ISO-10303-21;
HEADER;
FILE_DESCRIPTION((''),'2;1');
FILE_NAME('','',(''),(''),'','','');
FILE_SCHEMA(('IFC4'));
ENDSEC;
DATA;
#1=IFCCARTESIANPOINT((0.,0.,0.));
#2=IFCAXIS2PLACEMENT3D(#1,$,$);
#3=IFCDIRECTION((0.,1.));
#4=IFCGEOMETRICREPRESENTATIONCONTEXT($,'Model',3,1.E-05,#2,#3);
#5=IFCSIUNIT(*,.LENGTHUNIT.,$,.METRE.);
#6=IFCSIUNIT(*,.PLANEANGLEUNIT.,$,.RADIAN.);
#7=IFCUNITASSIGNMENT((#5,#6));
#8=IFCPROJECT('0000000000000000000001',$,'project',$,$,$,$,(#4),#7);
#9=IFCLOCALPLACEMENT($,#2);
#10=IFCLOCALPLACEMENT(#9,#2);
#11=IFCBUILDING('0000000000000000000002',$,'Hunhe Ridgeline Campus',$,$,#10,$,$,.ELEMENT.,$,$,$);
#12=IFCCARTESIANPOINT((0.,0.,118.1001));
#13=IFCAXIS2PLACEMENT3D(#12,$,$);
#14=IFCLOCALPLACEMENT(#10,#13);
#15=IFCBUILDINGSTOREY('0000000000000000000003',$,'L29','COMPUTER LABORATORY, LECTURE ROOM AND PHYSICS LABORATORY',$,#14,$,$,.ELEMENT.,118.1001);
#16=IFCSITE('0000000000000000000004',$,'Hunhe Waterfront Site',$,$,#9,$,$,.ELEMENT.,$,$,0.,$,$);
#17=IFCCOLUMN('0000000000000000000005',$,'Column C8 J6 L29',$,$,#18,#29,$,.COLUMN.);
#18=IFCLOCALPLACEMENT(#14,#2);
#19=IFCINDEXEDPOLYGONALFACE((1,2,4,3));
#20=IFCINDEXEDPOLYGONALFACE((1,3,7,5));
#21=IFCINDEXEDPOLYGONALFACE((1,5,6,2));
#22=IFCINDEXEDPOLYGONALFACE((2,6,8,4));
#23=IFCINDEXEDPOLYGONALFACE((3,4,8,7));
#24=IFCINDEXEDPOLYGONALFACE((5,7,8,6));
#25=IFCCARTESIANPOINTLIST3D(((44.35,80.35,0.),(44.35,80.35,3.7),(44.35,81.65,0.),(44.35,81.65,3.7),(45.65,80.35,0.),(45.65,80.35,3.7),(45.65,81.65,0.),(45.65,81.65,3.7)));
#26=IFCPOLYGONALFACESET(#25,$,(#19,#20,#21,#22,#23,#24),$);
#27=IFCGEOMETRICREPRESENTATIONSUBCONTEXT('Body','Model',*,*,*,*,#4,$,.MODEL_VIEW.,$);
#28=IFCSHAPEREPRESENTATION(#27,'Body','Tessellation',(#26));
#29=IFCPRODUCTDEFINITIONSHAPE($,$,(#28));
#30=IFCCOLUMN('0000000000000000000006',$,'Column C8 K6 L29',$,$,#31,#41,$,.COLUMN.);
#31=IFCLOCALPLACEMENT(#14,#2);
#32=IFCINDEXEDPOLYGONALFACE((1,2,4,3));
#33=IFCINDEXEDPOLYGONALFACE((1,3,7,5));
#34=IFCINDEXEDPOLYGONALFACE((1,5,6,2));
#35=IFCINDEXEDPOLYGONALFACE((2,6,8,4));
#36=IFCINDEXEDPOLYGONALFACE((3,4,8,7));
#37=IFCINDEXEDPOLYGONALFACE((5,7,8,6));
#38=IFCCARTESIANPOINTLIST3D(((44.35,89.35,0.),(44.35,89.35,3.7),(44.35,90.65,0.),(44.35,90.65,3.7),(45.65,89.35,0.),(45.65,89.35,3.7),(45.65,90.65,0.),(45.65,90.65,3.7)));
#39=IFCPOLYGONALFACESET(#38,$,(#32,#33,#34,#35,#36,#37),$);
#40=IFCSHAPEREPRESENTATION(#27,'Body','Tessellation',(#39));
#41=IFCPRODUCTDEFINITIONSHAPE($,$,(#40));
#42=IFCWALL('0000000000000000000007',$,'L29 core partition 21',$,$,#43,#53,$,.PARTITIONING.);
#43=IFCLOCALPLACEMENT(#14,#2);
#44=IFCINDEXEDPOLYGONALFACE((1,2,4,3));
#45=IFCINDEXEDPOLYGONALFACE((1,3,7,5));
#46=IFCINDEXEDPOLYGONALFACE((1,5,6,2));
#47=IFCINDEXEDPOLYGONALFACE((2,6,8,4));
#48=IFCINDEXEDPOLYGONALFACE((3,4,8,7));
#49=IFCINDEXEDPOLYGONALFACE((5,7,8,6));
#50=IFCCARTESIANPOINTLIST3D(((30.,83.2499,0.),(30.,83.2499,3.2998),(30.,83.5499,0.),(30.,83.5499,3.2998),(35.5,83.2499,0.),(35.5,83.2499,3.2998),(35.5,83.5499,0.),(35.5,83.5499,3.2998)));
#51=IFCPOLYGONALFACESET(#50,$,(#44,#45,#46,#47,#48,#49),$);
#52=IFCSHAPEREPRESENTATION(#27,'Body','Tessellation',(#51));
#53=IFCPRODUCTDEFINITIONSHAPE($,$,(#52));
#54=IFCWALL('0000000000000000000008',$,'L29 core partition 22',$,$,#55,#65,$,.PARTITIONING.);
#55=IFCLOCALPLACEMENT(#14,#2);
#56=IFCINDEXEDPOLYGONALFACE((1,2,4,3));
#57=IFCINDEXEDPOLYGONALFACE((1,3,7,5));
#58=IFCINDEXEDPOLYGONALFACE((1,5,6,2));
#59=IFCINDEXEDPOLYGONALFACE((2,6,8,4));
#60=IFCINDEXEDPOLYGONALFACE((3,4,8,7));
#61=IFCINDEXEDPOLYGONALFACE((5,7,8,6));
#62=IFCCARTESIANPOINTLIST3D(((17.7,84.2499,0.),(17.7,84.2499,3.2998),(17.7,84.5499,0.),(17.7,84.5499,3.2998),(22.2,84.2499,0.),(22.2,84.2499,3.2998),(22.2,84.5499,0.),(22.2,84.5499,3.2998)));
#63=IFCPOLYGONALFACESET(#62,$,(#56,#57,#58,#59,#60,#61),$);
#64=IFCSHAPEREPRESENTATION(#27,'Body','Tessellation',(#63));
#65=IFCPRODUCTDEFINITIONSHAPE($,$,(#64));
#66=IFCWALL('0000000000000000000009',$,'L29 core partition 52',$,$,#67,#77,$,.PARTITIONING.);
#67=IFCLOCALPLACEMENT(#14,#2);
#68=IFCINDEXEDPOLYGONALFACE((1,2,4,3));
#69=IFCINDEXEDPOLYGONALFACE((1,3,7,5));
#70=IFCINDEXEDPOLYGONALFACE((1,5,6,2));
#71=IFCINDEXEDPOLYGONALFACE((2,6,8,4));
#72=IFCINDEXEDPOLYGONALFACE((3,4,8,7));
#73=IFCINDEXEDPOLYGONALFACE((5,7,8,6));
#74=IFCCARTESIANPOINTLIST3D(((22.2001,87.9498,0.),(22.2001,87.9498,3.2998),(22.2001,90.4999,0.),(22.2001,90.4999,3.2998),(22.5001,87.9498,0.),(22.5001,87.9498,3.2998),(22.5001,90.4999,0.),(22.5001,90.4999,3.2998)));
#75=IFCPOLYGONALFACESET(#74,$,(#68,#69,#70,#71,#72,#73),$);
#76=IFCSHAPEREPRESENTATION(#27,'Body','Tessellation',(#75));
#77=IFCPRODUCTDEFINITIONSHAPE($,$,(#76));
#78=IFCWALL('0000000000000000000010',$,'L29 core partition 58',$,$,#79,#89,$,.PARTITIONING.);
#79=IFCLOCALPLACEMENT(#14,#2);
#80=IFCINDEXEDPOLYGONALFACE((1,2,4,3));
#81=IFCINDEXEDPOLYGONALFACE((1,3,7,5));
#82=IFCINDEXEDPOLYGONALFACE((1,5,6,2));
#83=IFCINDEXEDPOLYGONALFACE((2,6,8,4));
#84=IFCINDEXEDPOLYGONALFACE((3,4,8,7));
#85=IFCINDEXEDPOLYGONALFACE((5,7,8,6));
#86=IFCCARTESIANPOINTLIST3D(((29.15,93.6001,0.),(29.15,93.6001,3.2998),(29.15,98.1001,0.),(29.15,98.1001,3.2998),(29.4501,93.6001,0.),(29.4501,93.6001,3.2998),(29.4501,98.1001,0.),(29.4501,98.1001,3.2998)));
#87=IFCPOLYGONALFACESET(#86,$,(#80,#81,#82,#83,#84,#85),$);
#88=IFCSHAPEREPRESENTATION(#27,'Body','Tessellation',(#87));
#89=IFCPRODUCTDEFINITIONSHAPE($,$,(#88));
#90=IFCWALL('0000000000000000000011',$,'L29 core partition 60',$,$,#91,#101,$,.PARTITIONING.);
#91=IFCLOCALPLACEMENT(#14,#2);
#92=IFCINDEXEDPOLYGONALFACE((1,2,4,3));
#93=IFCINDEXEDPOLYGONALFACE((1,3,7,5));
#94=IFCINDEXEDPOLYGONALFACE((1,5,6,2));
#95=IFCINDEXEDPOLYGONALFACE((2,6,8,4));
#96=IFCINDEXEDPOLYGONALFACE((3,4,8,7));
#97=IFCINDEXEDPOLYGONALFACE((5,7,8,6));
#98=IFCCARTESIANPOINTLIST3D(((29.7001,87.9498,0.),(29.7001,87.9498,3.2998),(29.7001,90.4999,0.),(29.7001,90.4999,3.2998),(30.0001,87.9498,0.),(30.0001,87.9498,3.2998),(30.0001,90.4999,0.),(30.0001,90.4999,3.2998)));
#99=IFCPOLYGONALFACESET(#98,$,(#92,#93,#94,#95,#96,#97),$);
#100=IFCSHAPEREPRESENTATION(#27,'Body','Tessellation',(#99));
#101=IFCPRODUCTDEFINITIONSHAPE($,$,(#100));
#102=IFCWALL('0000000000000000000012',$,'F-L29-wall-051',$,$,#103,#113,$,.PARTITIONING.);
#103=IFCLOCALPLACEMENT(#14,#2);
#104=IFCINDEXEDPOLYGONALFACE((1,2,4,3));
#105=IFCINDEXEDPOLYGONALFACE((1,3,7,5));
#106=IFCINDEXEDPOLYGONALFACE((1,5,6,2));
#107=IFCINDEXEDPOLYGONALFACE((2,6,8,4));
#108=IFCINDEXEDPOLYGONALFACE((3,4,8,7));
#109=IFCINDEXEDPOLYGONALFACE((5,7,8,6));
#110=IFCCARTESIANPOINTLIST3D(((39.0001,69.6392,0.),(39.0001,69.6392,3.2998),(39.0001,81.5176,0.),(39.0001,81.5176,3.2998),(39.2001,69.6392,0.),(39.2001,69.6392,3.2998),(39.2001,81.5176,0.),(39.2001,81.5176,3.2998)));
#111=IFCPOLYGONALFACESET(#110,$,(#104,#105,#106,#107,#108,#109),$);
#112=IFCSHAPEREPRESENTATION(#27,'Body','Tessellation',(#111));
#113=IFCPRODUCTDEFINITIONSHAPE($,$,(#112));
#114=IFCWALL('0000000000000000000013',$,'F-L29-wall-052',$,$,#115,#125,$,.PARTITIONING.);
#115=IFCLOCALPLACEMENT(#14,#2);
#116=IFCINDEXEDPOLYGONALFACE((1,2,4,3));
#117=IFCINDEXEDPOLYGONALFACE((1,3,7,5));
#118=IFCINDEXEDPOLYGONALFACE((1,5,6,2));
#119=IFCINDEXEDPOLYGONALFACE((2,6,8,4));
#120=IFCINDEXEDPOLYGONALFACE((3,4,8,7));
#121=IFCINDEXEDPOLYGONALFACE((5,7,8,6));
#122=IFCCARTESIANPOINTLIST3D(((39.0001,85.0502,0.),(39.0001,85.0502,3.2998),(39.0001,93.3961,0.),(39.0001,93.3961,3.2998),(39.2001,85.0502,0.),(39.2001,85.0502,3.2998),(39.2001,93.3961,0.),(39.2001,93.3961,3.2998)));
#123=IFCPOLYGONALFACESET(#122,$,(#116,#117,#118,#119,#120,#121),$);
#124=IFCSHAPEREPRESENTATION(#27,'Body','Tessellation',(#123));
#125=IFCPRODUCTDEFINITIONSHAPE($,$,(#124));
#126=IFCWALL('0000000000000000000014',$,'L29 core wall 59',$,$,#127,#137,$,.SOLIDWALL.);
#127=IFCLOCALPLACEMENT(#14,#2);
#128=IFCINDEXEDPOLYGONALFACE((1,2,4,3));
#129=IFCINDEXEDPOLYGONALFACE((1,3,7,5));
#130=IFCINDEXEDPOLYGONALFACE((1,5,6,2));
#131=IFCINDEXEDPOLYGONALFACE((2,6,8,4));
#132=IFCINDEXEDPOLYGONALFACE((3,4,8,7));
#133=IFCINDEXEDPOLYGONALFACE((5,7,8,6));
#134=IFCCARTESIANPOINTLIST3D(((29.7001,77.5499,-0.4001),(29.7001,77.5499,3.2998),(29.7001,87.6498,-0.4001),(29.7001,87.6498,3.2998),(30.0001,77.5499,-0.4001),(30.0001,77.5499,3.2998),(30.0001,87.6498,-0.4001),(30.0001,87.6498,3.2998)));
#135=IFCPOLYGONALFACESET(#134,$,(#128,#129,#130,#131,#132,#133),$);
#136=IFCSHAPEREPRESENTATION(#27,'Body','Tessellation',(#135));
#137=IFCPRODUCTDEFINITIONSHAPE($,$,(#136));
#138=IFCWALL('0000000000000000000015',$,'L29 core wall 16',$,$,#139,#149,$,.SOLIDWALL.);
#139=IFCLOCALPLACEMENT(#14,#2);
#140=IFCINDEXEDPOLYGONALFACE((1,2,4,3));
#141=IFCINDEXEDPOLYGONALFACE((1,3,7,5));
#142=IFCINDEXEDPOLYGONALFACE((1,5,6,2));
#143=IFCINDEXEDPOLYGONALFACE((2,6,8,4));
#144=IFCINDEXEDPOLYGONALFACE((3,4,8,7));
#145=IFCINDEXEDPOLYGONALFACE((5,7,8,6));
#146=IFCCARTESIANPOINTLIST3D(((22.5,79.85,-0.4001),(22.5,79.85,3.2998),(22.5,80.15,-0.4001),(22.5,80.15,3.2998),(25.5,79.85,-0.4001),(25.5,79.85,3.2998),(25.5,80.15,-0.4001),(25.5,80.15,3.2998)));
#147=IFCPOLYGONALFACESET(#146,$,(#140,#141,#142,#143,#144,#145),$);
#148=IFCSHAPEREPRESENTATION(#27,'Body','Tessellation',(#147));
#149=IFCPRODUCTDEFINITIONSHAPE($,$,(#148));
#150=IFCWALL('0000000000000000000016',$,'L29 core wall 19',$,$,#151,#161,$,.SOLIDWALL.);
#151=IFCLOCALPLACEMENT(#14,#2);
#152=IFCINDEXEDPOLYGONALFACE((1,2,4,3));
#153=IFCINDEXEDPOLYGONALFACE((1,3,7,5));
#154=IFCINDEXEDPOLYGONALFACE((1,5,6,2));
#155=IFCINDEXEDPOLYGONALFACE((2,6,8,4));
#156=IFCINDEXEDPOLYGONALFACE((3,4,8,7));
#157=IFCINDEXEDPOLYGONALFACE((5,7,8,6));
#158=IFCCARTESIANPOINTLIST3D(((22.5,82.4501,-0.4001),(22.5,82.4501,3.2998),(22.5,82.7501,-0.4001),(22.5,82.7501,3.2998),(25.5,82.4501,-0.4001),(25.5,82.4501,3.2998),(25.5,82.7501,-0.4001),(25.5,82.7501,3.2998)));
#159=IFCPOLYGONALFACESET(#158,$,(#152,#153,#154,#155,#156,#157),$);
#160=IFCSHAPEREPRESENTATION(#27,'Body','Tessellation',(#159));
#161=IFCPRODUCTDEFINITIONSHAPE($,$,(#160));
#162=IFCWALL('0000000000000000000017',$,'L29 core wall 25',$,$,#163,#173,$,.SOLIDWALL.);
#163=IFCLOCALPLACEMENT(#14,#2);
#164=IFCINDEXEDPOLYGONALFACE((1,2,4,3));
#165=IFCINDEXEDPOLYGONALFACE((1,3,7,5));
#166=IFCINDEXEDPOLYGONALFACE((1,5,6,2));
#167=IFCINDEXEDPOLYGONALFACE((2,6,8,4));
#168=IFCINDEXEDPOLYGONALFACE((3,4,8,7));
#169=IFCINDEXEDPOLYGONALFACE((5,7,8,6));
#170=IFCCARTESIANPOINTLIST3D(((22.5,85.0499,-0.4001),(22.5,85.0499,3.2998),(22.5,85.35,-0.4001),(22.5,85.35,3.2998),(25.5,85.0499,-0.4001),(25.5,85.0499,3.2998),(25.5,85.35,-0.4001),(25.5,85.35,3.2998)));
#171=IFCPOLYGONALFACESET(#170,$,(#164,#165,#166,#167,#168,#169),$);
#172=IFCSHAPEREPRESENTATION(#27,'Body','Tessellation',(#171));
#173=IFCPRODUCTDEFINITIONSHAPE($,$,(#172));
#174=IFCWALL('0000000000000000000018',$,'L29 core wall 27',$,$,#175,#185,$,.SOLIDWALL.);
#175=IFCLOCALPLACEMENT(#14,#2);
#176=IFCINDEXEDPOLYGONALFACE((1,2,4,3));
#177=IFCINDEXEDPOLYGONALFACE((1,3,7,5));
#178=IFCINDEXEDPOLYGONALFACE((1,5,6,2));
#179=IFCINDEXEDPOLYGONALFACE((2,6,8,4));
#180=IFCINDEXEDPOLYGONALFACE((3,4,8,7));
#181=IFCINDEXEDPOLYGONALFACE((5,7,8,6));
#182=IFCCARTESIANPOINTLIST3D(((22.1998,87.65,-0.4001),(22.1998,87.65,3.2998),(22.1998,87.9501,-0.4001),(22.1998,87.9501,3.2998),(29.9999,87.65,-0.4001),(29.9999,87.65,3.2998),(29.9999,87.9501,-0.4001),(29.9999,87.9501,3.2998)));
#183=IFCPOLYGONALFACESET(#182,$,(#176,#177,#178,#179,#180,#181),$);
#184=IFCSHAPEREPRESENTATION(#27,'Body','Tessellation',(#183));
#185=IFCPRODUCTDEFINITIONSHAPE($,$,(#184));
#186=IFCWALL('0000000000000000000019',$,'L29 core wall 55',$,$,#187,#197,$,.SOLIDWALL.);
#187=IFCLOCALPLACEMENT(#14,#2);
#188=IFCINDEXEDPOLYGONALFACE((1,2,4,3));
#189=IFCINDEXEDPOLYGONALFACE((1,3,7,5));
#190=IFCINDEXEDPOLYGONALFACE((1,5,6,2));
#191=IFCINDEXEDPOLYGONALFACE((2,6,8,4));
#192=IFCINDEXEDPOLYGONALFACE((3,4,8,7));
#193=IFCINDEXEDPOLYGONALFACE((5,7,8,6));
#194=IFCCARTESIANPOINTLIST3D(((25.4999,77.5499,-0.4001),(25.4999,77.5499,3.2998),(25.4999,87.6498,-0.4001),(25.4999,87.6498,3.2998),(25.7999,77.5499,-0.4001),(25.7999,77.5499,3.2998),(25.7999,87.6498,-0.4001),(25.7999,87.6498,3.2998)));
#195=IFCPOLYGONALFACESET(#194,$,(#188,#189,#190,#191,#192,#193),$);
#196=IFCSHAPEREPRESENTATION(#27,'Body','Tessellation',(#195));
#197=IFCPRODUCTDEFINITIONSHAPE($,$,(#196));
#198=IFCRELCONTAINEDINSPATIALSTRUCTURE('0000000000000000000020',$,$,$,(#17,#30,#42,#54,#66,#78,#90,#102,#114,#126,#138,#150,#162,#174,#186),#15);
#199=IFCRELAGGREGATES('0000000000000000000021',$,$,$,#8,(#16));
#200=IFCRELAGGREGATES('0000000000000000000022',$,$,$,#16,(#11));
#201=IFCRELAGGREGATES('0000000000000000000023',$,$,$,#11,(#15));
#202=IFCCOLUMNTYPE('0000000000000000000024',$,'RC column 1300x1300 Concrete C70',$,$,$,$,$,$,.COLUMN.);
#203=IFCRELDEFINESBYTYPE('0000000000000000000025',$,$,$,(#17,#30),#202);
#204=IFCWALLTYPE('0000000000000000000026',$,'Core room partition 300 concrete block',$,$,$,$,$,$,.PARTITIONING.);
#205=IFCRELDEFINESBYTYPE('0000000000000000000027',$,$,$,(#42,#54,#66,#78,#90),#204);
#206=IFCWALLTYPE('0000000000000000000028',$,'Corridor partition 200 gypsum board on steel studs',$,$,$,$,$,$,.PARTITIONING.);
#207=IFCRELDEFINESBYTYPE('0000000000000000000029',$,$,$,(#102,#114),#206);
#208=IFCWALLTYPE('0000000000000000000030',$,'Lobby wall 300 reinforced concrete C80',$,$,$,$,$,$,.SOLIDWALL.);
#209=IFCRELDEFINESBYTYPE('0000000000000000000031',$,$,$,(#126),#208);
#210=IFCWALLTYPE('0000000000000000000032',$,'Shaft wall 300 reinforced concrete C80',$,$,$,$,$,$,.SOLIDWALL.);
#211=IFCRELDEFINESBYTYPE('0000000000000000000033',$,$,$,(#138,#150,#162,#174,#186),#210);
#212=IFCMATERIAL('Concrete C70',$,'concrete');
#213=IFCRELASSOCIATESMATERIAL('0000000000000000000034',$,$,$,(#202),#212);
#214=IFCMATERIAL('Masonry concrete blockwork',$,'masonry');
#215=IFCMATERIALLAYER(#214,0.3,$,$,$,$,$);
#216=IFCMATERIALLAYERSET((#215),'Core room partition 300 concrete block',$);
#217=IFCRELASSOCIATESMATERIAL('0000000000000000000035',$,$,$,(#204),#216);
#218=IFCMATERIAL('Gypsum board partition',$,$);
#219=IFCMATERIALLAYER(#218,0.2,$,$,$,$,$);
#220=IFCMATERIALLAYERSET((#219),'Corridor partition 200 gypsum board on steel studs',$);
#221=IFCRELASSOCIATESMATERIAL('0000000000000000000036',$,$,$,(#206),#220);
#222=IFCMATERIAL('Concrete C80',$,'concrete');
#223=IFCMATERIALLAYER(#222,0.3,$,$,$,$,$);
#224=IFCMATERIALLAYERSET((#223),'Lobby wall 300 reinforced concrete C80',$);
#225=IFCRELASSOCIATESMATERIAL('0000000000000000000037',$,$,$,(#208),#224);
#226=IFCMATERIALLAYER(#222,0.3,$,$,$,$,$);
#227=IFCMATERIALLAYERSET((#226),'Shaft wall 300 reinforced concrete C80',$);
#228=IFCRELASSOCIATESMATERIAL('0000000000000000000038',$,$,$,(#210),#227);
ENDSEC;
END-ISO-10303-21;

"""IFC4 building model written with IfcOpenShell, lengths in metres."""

from ifc_helpers import new_model, si_unit, direction, frame, frame_2d, origin, origin_2d, place, context, subcontext, project, spatial, rectangle, extrude, material, layer, layer_set, material_profile, profile_set, type_object, element, save


model = new_model("IFC4")

# Units and contexts
model_context = context("Model", 3, precision=1e-05, world=origin(), true_north=direction((0.0, 1.0)))
body_context = subcontext(model_context, "Body", "Model", "MODEL_VIEW")
ifc_project = project(units=[si_unit("LENGTHUNIT", "METRE"), si_unit("PLANEANGLEUNIT", "RADIAN")], contexts=[model_context])

# Site, building, storey
site_placement = place(None, origin())
site = spatial("IfcSite", under=ifc_project, at=site_placement, Name="Hunhe Waterfront Site", CompositionType="ELEMENT", RefElevation=0.0)
building_placement = place(site_placement, origin())
building = spatial("IfcBuilding", under=site, at=building_placement, Name="Hunhe Ridgeline Campus", CompositionType="ELEMENT")
storey_placement = place(building_placement, frame((0.0, 0.0, 118.1001)))
storey = spatial("IfcBuildingStorey", under=building, at=storey_placement, Name="L29", Description="COMPUTER LABORATORY, LECTURE ROOM AND PHYSICS LABORATORY", CompositionType="ELEMENT", Elevation=118.1001)

# Columns
ifc_material_1 = material(Name="Concrete C70", Category="concrete")
ifc_material_profile = material_profile(ifc_material_1, rectangle(XDim=1.3, YDim=1.3, at=origin_2d()))
ifc_profile_set = profile_set([ifc_material_profile], Name="Concrete C70")
column_type = type_object("IfcColumnType", Name="RC column 1300x1300 Concrete C70", PredefinedType="COLUMN", material=ifc_profile_set)
for number, where, z_axis, x_axis, name in (
    (1, (45.0, 81.0, 0.0), (0.0, 0.0, 1.0), (1.0, 0.0, 0.0), "Column C8 J6 L29"),
    (2, (45.0, 90.0, 0.0), (0.0, 0.0, 1.0), (1.0, 0.0, 0.0), "Column C8 K6 L29"),
):
    element("IfcColumn", number, at=place(storey_placement, frame(where, z_axis=z_axis, x_axis=x_axis)), inside=storey, type_object=column_type, Name=name, PredefinedType="COLUMN", context=body_context, shape_type="SweptSolid", body=[
        extrude(rectangle(XDim=1.3, YDim=1.3, at=origin_2d()), origin(), (0.0, 0.0, 1.0), 3.7),
    ])

# Walls
ifc_material_2 = material(Name="Masonry concrete blockwork", Category="masonry")
ifc_layer_1 = layer(ifc_material_2, 0.3)
ifc_layer_set_1 = layer_set([ifc_layer_1], Name="Core room partition 300 concrete block")
wall_type_1 = type_object("IfcWallType", Name="Core room partition 300 concrete block", PredefinedType="PARTITIONING", material=ifc_layer_set_1)
wall_1_placement = place(storey_placement, frame((30.0, 83.3999, 0.0), z_axis=(0.0, 0.0, 1.0), x_axis=(1.0, 0.0, 0.0)))
element("IfcWall", 3, at=wall_1_placement, inside=storey, type_object=wall_type_1, Name="L29 core partition 21", PredefinedType="PARTITIONING", context=body_context, shape_type="SweptSolid", body=[
    extrude(rectangle(XDim=5.5, YDim=0.3, at=frame_2d((2.75, 0.0))), origin(), (0.0, 0.0, 1.0), 3.2998),
])
wall_2_placement = place(storey_placement, frame((17.7, 84.3999, 0.0), z_axis=(0.0, 0.0, 1.0), x_axis=(1.0, 0.0, 0.0)))
element("IfcWall", 4, at=wall_2_placement, inside=storey, type_object=wall_type_1, Name="L29 core partition 22", PredefinedType="PARTITIONING", context=body_context, shape_type="SweptSolid", body=[
    extrude(rectangle(XDim=4.5, YDim=0.3, at=frame_2d((2.25, 0.0))), origin(), (0.0, 0.0, 1.0), 3.2998),
])
wall_3_placement = place(storey_placement, frame((22.3501, 87.95, 0.0), z_axis=(0.0, 0.0, 1.0), x_axis=(0.0, 1.0, 0.0)))
element("IfcWall", 5, at=wall_3_placement, inside=storey, type_object=wall_type_1, Name="L29 core partition 52", PredefinedType="PARTITIONING", context=body_context, shape_type="SweptSolid", body=[
    extrude(rectangle(XDim=2.55, YDim=0.3, at=frame_2d((1.2749, 0.0))), origin(), (0.0, 0.0, 1.0), 3.2998),
])
wall_4_placement = place(storey_placement, frame((29.3, 93.6001, 0.0), z_axis=(0.0, 0.0, 1.0), x_axis=(0.0, 1.0, 0.0)))
element("IfcWall", 6, at=wall_4_placement, inside=storey, type_object=wall_type_1, Name="L29 core partition 58", PredefinedType="PARTITIONING", context=body_context, shape_type="SweptSolid", body=[
    extrude(rectangle(XDim=4.5, YDim=0.3, at=frame_2d((2.25, 0.0))), origin(), (0.0, 0.0, 1.0), 3.2998),
])
wall_5_placement = place(storey_placement, frame((29.8501, 87.95, 0.0), z_axis=(0.0, 0.0, 1.0), x_axis=(0.0, 1.0, 0.0)))
element("IfcWall", 7, at=wall_5_placement, inside=storey, type_object=wall_type_1, Name="L29 core partition 60", PredefinedType="PARTITIONING", context=body_context, shape_type="SweptSolid", body=[
    extrude(rectangle(XDim=2.55, YDim=0.3, at=frame_2d((1.2749, 0.0))), origin(), (0.0, 0.0, 1.0), 3.2998),
])

# Shared definitions
ifc_material_3 = material(Name="Gypsum board partition")
ifc_layer_2 = layer(ifc_material_3, 0.2)
ifc_layer_set_2 = layer_set([ifc_layer_2], Name="Corridor partition 200 gypsum board on steel studs")
wall_type_2 = type_object("IfcWallType", Name="Corridor partition 200 gypsum board on steel studs", PredefinedType="PARTITIONING", material=ifc_layer_set_2)

# Walls
wall_6_placement = place(storey_placement, frame((39.1001, 81.5176, 0.0), z_axis=(0.0, 0.0, 1.0), x_axis=(0.0, -1.0, 0.0)))
element("IfcWall", 8, at=wall_6_placement, inside=storey, type_object=wall_type_2, Name="F-L29-wall-051", PredefinedType="PARTITIONING", context=body_context, shape_type="SweptSolid", body=[
    extrude(rectangle(XDim=11.8784, YDim=0.2, at=frame_2d((5.9392, 0.0))), origin(), (0.0, 0.0, 1.0), 3.2998),
])
wall_7_placement = place(storey_placement, frame((39.1001, 93.396, 0.0), z_axis=(0.0, 0.0, 1.0), x_axis=(0.0, -1.0, 0.0)))
element("IfcWall", 9, at=wall_7_placement, inside=storey, type_object=wall_type_2, Name="F-L29-wall-052", PredefinedType="PARTITIONING", context=body_context, shape_type="SweptSolid", body=[
    extrude(rectangle(XDim=8.3459, YDim=0.2, at=frame_2d((4.1729, 0.0))), origin(), (0.0, 0.0, 1.0), 3.2998),
])
ifc_material_4 = material(Name="Concrete C80", Category="concrete")
ifc_layer_3 = layer(ifc_material_4, 0.3)
ifc_layer_set_3 = layer_set([ifc_layer_3], Name="Lobby wall 300 reinforced concrete C80")
wall_type_3 = type_object("IfcWallType", Name="Lobby wall 300 reinforced concrete C80", PredefinedType="SOLIDWALL", material=ifc_layer_set_3)
wall_8_placement = place(storey_placement, frame((29.8501, 77.55, -0.4001), z_axis=(0.0, 0.0, 1.0), x_axis=(0.0, 1.0, 0.0)))
element("IfcWall", 10, at=wall_8_placement, inside=storey, type_object=wall_type_3, Name="L29 core wall 59", PredefinedType="SOLIDWALL", context=body_context, shape_type="SweptSolid", body=[
    extrude(rectangle(XDim=10.0999, YDim=0.3, at=frame_2d((5.0498, 0.0))), origin(), (0.0, 0.0, 1.0), 3.7),
])
ifc_layer_4 = layer(ifc_material_4, 0.3)
ifc_layer_set_4 = layer_set([ifc_layer_4], Name="Shaft wall 300 reinforced concrete C80")
wall_type_4 = type_object("IfcWallType", Name="Shaft wall 300 reinforced concrete C80", PredefinedType="SOLIDWALL", material=ifc_layer_set_4)
for number, where, z_axis, x_axis, name in (
    (11, (22.5, 80.0, -0.4001), (0.0, 0.0, 1.0), (1.0, 0.0, 0.0), "L29 core wall 16"),
    (12, (22.5, 82.6001, -0.4001), (0.0, 0.0, 1.0), (1.0, 0.0, 0.0), "L29 core wall 19"),
    (13, (22.5, 85.2, -0.4001), (0.0, 0.0, 1.0), (1.0, 0.0, 0.0), "L29 core wall 25"),
):
    element("IfcWall", number, at=place(storey_placement, frame(where, z_axis=z_axis, x_axis=x_axis)), inside=storey, type_object=wall_type_4, Name=name, PredefinedType="SOLIDWALL", context=body_context, shape_type="SweptSolid", body=[
        extrude(rectangle(XDim=3.0, YDim=0.3, at=frame_2d((1.5, 0.0))), origin(), (0.0, 0.0, 1.0), 3.7),
    ])
wall_9_placement = place(storey_placement, frame((22.2, 87.8, -0.4001), z_axis=(0.0, 0.0, 1.0), x_axis=(1.0, 0.0, 0.0)))
element("IfcWall", 14, at=wall_9_placement, inside=storey, type_object=wall_type_4, Name="L29 core wall 27", PredefinedType="SOLIDWALL", context=body_context, shape_type="SweptSolid", body=[
    extrude(rectangle(XDim=7.8, YDim=0.3, at=frame_2d((3.8999, 0.0))), origin(), (0.0, 0.0, 1.0), 3.7),
])
wall_10_placement = place(storey_placement, frame((25.6499, 77.55, -0.4001), z_axis=(0.0, 0.0, 1.0), x_axis=(0.0, 1.0, 0.0)))
element("IfcWall", 15, at=wall_10_placement, inside=storey, type_object=wall_type_4, Name="L29 core wall 55", PredefinedType="SOLIDWALL", context=body_context, shape_type="SweptSolid", body=[
    extrude(rectangle(XDim=10.0999, YDim=0.3, at=frame_2d((5.0498, 0.0))), origin(), (0.0, 0.0, 1.0), 3.7),
])

save(model, "model.ifc")
